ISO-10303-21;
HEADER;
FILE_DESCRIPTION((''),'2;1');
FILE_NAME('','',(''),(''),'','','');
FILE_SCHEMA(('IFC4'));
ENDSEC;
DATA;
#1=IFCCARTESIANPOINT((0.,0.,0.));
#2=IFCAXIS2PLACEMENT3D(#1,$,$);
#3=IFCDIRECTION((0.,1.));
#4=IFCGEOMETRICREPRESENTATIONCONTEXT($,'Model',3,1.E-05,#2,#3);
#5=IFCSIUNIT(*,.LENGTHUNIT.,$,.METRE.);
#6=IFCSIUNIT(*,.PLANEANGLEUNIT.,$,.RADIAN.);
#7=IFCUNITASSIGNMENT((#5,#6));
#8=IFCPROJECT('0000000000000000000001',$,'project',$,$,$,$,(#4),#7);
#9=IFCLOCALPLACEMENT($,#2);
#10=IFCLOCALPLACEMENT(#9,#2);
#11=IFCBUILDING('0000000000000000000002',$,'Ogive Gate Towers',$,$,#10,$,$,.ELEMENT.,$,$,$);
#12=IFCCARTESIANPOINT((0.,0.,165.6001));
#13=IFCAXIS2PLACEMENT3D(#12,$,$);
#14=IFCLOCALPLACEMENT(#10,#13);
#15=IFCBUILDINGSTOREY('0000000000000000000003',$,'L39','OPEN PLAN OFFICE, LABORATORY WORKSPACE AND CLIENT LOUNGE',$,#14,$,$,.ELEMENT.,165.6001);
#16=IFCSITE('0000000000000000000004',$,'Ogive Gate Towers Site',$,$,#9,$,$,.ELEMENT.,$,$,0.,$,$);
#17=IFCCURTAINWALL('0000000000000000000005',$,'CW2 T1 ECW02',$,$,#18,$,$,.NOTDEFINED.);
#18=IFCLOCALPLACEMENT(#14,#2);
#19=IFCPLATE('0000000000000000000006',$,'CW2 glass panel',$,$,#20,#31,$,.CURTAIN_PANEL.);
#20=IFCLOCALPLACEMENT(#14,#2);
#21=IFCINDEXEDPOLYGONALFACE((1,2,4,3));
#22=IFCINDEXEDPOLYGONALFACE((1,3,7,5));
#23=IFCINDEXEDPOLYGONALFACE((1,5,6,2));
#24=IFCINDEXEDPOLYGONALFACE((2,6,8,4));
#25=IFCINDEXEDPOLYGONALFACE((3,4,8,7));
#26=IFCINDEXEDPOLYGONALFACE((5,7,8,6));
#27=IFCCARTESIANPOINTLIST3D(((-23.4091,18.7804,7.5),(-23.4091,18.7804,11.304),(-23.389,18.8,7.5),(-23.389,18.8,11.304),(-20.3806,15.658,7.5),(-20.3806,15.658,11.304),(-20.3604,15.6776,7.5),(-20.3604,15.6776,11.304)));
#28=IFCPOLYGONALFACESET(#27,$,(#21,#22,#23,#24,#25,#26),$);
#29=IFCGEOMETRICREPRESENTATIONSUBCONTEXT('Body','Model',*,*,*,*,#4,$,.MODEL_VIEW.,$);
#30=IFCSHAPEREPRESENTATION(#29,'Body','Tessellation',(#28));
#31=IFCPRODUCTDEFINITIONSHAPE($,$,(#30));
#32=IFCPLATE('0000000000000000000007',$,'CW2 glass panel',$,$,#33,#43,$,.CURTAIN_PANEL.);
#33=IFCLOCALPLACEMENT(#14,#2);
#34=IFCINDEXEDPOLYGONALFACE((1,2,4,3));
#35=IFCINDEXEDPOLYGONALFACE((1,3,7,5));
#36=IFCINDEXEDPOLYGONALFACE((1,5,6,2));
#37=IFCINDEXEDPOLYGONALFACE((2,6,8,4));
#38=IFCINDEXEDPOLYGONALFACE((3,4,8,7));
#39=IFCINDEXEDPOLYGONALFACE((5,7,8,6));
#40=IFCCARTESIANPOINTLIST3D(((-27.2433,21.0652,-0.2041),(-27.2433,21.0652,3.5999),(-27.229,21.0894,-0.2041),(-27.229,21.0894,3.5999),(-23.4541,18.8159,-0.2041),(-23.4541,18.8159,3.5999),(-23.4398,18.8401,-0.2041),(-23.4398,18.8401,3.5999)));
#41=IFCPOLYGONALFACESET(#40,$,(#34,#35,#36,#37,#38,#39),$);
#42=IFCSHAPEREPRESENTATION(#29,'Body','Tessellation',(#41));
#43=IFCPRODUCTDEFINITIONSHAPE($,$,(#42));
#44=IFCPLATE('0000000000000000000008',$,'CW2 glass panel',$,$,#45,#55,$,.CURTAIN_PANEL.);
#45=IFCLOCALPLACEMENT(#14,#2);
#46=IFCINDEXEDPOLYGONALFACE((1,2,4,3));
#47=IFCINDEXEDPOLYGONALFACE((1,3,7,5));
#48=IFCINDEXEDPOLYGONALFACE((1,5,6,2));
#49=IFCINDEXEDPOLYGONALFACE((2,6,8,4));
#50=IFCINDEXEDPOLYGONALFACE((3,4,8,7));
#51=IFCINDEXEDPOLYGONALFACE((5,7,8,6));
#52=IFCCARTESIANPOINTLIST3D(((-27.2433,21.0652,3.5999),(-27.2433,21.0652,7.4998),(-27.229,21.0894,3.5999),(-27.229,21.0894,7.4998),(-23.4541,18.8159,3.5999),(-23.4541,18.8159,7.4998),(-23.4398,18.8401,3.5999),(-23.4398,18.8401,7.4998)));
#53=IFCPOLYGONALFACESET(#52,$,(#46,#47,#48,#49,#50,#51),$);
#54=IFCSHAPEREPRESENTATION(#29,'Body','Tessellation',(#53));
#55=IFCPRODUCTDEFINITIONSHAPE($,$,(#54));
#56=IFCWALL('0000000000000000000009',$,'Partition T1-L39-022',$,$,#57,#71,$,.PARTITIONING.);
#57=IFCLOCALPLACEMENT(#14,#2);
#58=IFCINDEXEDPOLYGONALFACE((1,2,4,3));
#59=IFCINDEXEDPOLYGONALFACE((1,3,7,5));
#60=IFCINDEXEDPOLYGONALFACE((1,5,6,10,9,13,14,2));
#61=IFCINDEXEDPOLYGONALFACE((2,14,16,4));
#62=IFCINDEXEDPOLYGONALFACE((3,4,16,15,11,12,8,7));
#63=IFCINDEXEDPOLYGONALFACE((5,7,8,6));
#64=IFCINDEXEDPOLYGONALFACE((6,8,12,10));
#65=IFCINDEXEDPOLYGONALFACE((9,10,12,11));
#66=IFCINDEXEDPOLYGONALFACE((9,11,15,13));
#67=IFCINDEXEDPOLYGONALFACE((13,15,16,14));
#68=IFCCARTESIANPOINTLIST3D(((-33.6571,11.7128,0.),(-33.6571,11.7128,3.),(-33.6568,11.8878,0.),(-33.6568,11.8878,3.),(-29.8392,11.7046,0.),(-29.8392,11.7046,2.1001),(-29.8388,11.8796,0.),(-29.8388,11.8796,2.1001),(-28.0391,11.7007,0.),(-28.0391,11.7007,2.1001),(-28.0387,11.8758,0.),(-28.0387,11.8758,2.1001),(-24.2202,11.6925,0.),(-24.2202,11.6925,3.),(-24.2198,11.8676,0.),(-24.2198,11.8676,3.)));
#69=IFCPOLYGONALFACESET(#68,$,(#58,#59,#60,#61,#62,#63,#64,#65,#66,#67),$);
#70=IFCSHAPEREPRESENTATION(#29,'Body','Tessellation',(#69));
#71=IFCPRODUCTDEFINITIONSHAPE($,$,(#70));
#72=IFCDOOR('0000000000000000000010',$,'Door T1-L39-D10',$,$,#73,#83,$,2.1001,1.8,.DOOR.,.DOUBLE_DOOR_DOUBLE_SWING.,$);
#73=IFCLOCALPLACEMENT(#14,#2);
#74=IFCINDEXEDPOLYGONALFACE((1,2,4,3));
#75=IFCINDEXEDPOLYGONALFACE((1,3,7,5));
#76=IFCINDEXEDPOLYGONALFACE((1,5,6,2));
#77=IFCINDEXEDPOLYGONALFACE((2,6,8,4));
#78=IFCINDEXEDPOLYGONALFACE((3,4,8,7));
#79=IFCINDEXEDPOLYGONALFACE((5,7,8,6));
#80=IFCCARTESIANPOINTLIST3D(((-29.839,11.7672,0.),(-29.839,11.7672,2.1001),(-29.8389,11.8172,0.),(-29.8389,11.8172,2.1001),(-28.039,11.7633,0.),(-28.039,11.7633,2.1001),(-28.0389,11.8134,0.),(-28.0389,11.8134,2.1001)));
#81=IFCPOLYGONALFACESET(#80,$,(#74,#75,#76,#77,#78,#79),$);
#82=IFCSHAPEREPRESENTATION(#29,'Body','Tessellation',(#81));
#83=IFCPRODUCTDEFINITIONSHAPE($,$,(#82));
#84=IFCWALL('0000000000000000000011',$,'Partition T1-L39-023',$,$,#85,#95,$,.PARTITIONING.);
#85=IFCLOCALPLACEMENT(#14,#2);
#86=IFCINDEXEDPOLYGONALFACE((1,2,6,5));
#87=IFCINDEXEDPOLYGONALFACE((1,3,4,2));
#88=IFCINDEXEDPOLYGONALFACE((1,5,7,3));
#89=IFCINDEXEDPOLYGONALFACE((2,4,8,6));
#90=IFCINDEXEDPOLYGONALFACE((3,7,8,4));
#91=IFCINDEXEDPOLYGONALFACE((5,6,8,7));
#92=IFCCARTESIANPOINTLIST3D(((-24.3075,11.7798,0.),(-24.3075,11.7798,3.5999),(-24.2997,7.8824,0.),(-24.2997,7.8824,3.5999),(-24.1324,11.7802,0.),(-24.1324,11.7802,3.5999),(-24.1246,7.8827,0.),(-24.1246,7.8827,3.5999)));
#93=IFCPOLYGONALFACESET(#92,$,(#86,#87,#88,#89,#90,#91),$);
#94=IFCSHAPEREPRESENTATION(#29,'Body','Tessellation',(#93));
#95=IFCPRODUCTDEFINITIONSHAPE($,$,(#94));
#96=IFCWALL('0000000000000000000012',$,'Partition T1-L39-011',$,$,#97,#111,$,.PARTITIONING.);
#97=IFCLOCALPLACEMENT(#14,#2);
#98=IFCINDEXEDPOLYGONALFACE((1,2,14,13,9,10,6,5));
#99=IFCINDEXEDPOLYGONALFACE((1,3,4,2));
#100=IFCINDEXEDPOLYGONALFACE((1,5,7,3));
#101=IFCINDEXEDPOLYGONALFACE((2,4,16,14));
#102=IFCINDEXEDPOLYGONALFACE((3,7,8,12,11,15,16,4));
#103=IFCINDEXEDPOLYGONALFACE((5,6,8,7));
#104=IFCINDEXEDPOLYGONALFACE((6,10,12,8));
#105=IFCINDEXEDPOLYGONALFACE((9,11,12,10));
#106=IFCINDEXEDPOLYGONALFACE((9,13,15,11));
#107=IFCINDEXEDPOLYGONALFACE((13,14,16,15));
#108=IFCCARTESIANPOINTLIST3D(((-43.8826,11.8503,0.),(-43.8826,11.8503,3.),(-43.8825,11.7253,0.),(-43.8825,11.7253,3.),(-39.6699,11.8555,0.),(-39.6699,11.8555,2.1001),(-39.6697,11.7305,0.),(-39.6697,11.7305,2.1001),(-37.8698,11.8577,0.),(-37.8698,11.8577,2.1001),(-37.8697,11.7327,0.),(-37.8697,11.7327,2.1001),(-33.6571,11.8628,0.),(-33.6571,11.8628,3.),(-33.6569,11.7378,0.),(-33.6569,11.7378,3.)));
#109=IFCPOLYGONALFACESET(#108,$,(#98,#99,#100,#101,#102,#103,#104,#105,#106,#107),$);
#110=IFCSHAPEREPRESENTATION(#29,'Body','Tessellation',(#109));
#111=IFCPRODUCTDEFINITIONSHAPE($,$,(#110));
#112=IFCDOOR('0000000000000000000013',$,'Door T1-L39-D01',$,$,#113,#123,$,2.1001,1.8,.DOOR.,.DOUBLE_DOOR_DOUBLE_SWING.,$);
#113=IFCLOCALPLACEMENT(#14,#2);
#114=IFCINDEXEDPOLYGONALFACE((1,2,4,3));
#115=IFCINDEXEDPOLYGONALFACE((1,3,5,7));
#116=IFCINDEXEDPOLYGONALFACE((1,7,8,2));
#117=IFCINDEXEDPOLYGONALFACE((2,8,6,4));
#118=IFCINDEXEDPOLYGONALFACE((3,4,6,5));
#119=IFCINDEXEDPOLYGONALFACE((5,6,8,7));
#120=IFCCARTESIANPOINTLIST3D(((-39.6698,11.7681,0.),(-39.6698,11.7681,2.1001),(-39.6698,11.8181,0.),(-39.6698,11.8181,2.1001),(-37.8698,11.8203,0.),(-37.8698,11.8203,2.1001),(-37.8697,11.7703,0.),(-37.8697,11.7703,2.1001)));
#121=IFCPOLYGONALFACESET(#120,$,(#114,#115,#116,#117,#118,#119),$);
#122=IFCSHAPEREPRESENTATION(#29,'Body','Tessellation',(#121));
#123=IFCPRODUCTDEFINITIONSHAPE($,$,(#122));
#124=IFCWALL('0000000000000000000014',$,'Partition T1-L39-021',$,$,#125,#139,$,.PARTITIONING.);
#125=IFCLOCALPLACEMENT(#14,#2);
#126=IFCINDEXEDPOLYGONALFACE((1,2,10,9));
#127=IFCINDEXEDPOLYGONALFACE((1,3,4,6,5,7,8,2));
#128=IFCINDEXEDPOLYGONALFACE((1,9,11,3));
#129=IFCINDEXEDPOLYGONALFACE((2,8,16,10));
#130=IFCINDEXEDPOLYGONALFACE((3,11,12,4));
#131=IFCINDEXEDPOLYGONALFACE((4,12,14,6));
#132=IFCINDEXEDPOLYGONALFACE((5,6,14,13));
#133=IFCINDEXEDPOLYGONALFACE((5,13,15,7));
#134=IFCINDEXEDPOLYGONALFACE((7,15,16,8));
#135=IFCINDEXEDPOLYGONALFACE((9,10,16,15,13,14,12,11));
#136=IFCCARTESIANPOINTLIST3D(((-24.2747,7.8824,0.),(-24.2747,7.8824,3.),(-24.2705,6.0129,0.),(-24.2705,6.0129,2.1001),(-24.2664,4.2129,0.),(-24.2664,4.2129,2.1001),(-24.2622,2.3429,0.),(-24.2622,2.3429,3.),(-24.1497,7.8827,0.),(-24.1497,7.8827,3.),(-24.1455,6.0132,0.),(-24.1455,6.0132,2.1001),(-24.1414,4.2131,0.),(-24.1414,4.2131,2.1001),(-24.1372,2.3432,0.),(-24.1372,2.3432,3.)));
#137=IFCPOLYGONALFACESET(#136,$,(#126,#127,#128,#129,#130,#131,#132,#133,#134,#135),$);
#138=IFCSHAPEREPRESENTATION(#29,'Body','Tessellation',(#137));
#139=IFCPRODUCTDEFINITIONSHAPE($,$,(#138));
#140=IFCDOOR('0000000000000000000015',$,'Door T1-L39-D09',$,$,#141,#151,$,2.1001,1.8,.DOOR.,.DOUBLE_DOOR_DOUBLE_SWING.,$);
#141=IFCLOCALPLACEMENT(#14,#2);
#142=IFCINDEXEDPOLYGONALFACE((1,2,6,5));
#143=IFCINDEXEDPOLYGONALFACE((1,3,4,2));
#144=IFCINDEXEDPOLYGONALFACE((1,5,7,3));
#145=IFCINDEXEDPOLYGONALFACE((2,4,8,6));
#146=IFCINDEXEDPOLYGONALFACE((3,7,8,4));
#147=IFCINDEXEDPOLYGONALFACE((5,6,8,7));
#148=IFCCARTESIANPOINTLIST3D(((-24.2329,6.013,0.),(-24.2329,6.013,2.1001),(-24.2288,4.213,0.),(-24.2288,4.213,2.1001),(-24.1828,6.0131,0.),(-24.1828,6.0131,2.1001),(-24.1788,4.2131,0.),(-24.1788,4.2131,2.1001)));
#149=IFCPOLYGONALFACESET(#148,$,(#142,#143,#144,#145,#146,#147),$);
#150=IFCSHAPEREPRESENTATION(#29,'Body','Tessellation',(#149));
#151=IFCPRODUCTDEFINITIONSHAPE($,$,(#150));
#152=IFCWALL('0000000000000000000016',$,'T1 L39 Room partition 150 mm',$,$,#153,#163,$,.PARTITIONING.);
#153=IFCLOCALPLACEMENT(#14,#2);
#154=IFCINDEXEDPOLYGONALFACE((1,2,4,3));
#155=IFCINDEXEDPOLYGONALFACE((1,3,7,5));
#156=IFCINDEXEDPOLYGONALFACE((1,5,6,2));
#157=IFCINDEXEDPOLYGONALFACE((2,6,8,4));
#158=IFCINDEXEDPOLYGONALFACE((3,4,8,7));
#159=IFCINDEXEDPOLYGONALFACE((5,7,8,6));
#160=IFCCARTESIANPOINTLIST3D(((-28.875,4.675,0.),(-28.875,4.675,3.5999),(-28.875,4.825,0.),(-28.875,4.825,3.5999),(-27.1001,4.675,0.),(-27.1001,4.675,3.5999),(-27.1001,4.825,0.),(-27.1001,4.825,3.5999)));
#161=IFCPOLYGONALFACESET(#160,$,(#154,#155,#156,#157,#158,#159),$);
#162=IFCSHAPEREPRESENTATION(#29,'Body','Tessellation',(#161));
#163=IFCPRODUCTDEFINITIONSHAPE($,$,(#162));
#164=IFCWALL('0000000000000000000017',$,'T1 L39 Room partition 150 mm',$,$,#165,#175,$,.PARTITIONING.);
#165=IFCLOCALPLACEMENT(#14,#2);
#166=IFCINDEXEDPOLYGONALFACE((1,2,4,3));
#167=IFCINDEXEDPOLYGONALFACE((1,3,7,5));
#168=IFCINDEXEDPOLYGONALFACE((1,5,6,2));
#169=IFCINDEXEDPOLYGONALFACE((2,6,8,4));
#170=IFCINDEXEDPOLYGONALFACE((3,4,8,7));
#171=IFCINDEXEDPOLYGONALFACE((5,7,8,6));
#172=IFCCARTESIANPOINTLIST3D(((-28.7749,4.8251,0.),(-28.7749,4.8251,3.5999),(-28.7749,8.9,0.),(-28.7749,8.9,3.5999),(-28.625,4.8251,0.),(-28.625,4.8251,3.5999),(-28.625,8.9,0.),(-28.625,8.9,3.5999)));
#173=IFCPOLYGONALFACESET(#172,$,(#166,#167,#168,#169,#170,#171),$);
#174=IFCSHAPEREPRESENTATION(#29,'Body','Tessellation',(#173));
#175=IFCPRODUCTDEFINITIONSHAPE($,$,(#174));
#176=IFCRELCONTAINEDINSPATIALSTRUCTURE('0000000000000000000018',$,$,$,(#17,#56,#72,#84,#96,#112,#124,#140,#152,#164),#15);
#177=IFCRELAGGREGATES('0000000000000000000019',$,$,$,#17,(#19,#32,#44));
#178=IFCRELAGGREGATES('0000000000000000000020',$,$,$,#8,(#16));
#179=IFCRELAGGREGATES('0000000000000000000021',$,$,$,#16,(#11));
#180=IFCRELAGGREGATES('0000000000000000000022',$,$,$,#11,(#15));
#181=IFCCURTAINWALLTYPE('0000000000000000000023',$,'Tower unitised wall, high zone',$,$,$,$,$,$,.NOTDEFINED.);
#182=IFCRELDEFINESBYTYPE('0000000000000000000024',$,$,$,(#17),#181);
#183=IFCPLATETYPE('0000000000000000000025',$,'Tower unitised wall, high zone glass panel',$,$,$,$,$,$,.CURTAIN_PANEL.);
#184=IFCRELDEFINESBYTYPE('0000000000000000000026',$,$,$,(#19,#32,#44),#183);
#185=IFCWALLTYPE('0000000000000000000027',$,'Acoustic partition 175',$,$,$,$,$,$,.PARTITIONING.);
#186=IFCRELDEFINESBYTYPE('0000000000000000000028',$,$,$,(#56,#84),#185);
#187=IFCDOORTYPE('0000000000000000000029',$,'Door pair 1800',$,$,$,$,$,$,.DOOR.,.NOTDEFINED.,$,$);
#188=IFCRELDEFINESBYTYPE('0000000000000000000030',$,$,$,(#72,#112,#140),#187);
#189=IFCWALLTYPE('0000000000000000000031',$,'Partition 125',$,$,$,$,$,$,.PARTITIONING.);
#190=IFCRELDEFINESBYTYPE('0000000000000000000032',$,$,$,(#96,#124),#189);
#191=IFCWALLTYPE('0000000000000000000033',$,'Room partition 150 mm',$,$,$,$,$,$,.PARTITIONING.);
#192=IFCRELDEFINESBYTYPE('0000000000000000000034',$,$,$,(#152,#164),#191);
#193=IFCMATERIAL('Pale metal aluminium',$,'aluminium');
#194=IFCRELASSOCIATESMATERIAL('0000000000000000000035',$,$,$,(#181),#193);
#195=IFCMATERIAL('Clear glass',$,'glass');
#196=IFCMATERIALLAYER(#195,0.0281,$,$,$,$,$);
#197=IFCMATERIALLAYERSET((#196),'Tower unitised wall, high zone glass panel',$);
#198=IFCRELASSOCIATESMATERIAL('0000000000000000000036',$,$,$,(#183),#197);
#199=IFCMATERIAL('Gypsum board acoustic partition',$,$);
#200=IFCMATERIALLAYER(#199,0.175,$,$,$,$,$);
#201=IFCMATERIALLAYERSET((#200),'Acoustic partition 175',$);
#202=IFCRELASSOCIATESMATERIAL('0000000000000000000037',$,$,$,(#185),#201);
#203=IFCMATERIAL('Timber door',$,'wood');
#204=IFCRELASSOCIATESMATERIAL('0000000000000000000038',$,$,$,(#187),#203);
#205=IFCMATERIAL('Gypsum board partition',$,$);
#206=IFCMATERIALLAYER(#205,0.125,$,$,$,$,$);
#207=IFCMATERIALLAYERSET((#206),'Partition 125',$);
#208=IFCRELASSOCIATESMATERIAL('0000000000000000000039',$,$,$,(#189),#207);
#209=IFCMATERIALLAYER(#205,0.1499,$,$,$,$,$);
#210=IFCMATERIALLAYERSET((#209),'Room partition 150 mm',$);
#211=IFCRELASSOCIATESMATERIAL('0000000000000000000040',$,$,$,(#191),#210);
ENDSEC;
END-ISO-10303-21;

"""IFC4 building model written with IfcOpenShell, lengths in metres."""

from ifc_helpers import new_model, si_unit, direction, frame, frame_2d, origin, origin_2d, place, context, subcontext, project, spatial, rectangle, extrude, material, layer, layer_set, type_object, element, fill, aggregate, save


model = new_model("IFC4")

# Units and contexts
model_context = context("Model", 3, precision=1e-05, world=origin(), true_north=direction((0.0, 1.0)))
body_context = subcontext(model_context, "Body", "Model", "MODEL_VIEW")
ifc_project = project(units=[si_unit("LENGTHUNIT", "METRE"), si_unit("PLANEANGLEUNIT", "RADIAN")], contexts=[model_context])

# Site, building, storey
site_placement = place(None, origin())
site = spatial("IfcSite", under=ifc_project, at=site_placement, Name="Ogive Gate Towers Site", CompositionType="ELEMENT", RefElevation=0.0)
building_placement = place(site_placement, origin())
building = spatial("IfcBuilding", under=site, at=building_placement, Name="Ogive Gate Towers", CompositionType="ELEMENT")
storey_placement = place(building_placement, frame((0.0, 0.0, 165.6001)))
storey = spatial("IfcBuildingStorey", under=building, at=storey_placement, Name="L39", Description="OPEN PLAN OFFICE, LABORATORY WORKSPACE AND CLIENT LOUNGE", CompositionType="ELEMENT", Elevation=165.6001)

# Curtain wall, plates
ifc_material_1 = material(Name="Pale metal aluminium", Category="aluminium")
curtain_wall_type = type_object("IfcCurtainWallType", Name="Tower unitised wall, high zone", PredefinedType="NOTDEFINED", material=ifc_material_1)
curtain_wall_placement = place(storey_placement, origin())
curtain_wall = element("IfcCurtainWall", 1, at=curtain_wall_placement, inside=storey, type_object=curtain_wall_type, Name="CW2 T1 ECW02", PredefinedType="NOTDEFINED")
ifc_material_2 = material(Name="Clear glass", Category="glass")
ifc_layer_1 = layer(ifc_material_2, 0.0281)
ifc_layer_set_1 = layer_set([ifc_layer_1], Name="Tower unitised wall, high zone glass panel")
plate_type = type_object("IfcPlateType", Name="Tower unitised wall, high zone glass panel", PredefinedType="CURTAIN_PANEL", material=ifc_layer_set_1)
plate_1_placement = place(storey_placement, frame((-21.8848, 17.229, 7.5), z_axis=(0.0, 0.0, 1.0), x_axis=(-0.696239, 0.71781, 0.0)))
plate_1 = element("IfcPlate", 2, at=plate_1_placement, type_object=plate_type, Name="CW2 glass panel", PredefinedType="CURTAIN_PANEL", context=body_context, shape_type="SweptSolid", body=[
    extrude(rectangle(XDim=4.3499, YDim=0.0281, at=origin_2d()), origin(), (0.0, 0.0, 1.0), 3.804),
])
plate_2_placement = place(storey_placement, frame((-25.3416, 19.9526, -0.2041), z_axis=(0.0, 0.0, 1.0), x_axis=(-0.859906, 0.510453, 0.0)))
plate_2 = element("IfcPlate", 3, at=plate_2_placement, type_object=plate_type, Name="CW2 glass panel", PredefinedType="CURTAIN_PANEL", context=body_context, shape_type="SweptSolid", body=[
    extrude(rectangle(XDim=4.4065, YDim=0.0281, at=origin_2d()), origin(), (0.0, 0.0, 1.0), 3.804),
])
plate_3_placement = place(storey_placement, frame((-25.3416, 19.9526, 3.5999), z_axis=(0.0, 0.0, 1.0), x_axis=(-0.859906, 0.510453, 0.0)))
plate_3 = element("IfcPlate", 4, at=plate_3_placement, type_object=plate_type, Name="CW2 glass panel", PredefinedType="CURTAIN_PANEL", context=body_context, shape_type="SweptSolid", body=[
    extrude(rectangle(XDim=4.4065, YDim=0.0281, at=origin_2d()), origin(), (0.0, 0.0, 1.0), 3.8999),
])
aggregate(curtain_wall, [plate_1, plate_2, plate_3])

# Wall, opening, door
ifc_material_3 = material(Name="Gypsum board acoustic partition")
ifc_layer_2 = layer(ifc_material_3, 0.175)
ifc_layer_set_2 = layer_set([ifc_layer_2], Name="Acoustic partition 175")
wall_type_1 = type_object("IfcWallType", Name="Acoustic partition 175", PredefinedType="PARTITIONING", material=ifc_layer_set_2)
wall_1_placement = place(storey_placement, frame((-24.22, 11.78, 0.0), z_axis=(0.0, 0.0, 1.0), x_axis=(-0.999998, 0.002147, 0.0)))
wall_1 = element("IfcWall", 5, at=wall_1_placement, inside=storey, type_object=wall_type_1, Name="Partition T1-L39-022", PredefinedType="PARTITIONING", context=body_context, shape_type="SweptSolid", body=[
    extrude(rectangle(XDim=9.437, YDim=0.175, at=frame_2d((4.7185, 0.0))), origin(), (0.0, 0.0, 1.0), 3.0),
])
opening_1_placement = place(wall_1_placement, frame((3.8191, 0.0, 0.0)))
opening_1 = element("IfcOpeningElement", 6, at=opening_1_placement, cuts=wall_1, PredefinedType="OPENING", context=body_context, shape_type="SweptSolid", body=[
    extrude(rectangle(XDim=1.8, YDim=2.1001, at=frame_2d((0.8999, 1.05))), frame((0.0, 0.0977, 0.0), z_axis=(0.0, -1.0, 0.0), x_axis=(1.0, 0.0, 0.0)), (0.0, 0.0, 1.0), 0.1951),
])
ifc_material_4 = material(Name="Timber door", Category="wood")
door_type_1 = type_object("IfcDoorType", Name="Door pair 1800", OperationType="NOTDEFINED", PredefinedType="DOOR", material=ifc_material_4)
door_1_placement = place(opening_1_placement, origin())
door_1 = element("IfcDoor", 7, at=door_1_placement, inside=storey, type_object=door_type_1, Name="Door T1-L39-D10", OperationType="DOUBLE_DOOR_DOUBLE_SWING", OverallHeight=2.1001, OverallWidth=1.8, PredefinedType="DOOR", context=body_context, shape_type="SweptSolid", body=[
    extrude(rectangle(XDim=1.8, YDim=2.1001, at=frame_2d((0.8999, 1.05))), frame((0.0, 0.0249, 0.0), z_axis=(0.0, -1.0, 0.0), x_axis=(1.0, 0.0, 0.0)), (0.0, 0.0, 1.0), 0.05),
])
fill(opening_1, door_1)

# Wall
wall_2_placement = place(storey_placement, frame((-24.2122, 7.8826, 0.0), z_axis=(0.0, 0.0, 1.0), x_axis=(-0.002005, 0.999998, 0.0)))
element("IfcWall", 8, at=wall_2_placement, inside=storey, type_object=wall_type_1, Name="Partition T1-L39-023", PredefinedType="PARTITIONING", context=body_context, shape_type="SweptSolid", body=[
    extrude(rectangle(XDim=3.8975, YDim=0.175, at=frame_2d((1.9487, 0.0))), origin(), (0.0, 0.0, 1.0), 3.5999),
])

# Walls, openings, doors
ifc_material_5 = material(Name="Gypsum board partition")
ifc_layer_3 = layer(ifc_material_5, 0.125)
ifc_layer_set_3 = layer_set([ifc_layer_3], Name="Partition 125")
wall_type_2 = type_object("IfcWallType", Name="Partition 125", PredefinedType="PARTITIONING", material=ifc_layer_set_3)
wall_3_placement = place(storey_placement, frame((-33.657, 11.8003, 0.0), z_axis=(0.0, 0.0, 1.0), x_axis=(-0.999999, -0.001218, 0.0)))
wall_3 = element("IfcWall", 9, at=wall_3_placement, inside=storey, type_object=wall_type_2, Name="Partition T1-L39-011", PredefinedType="PARTITIONING", context=body_context, shape_type="SweptSolid", body=[
    extrude(rectangle(XDim=10.2256, YDim=0.125, at=frame_2d((5.1128, 0.0))), origin(), (0.0, 0.0, 1.0), 3.0),
])
opening_2_placement = place(wall_3_placement, frame((4.2129, 0.0, 0.0)))
opening_2 = element("IfcOpeningElement", 10, at=opening_2_placement, cuts=wall_3, PredefinedType="OPENING", context=body_context, shape_type="SweptSolid", body=[
    extrude(rectangle(XDim=1.8, YDim=2.1001, at=frame_2d((0.8999, 1.05))), frame((0.0, 0.0725, 0.0), z_axis=(0.0, -1.0, 0.0), x_axis=(1.0, 0.0, 0.0)), (0.0, 0.0, 1.0), 0.145),
])
door_2_placement = place(opening_2_placement, origin())
door_2 = element("IfcDoor", 11, at=door_2_placement, inside=storey, type_object=door_type_1, Name="Door T1-L39-D01", OperationType="DOUBLE_DOOR_DOUBLE_SWING", OverallHeight=2.1001, OverallWidth=1.8, PredefinedType="DOOR", context=body_context, shape_type="SweptSolid", body=[
    extrude(rectangle(XDim=1.8, YDim=2.1001, at=frame_2d((0.8999, 1.05))), frame((0.0, 0.0249, 0.0), z_axis=(0.0, -1.0, 0.0), x_axis=(1.0, 0.0, 0.0)), (0.0, 0.0, 1.0), 0.05),
])
fill(opening_2, door_2)
wall_4_placement = place(storey_placement, frame((-24.1997, 2.343, 0.0), z_axis=(0.0, 0.0, 1.0), x_axis=(-0.002248, 0.999997, 0.0)))
wall_4 = element("IfcWall", 12, at=wall_4_placement, inside=storey, type_object=wall_type_2, Name="Partition T1-L39-021", PredefinedType="PARTITIONING", context=body_context, shape_type="SweptSolid", body=[
    extrude(rectangle(XDim=5.5396, YDim=0.125, at=frame_2d((2.7698, 0.0))), origin(), (0.0, 0.0, 1.0), 3.0),
])
opening_3_placement = place(wall_4_placement, frame((1.8701, 0.0, 0.0)))
opening_3 = element("IfcOpeningElement", 13, at=opening_3_placement, cuts=wall_4, PredefinedType="OPENING", context=body_context, shape_type="SweptSolid", body=[
    extrude(rectangle(XDim=1.8, YDim=2.1001, at=frame_2d((0.8999, 1.05))), frame((0.0, 0.0725, 0.0), z_axis=(0.0, -1.0, 0.0), x_axis=(1.0, 0.0, 0.0)), (0.0, 0.0, 1.0), 0.145),
])
door_3_placement = place(opening_3_placement, origin())
door_3 = element("IfcDoor", 14, at=door_3_placement, inside=storey, type_object=door_type_1, Name="Door T1-L39-D09", OperationType="DOUBLE_DOOR_DOUBLE_SWING", OverallHeight=2.1001, OverallWidth=1.8, PredefinedType="DOOR", context=body_context, shape_type="SweptSolid", body=[
    extrude(rectangle(XDim=1.8, YDim=2.1001, at=frame_2d((0.8999, 1.05))), frame((0.0, 0.0249, 0.0), z_axis=(0.0, -1.0, 0.0), x_axis=(1.0, 0.0, 0.0)), (0.0, 0.0, 1.0), 0.05),
])
fill(opening_3, door_3)

# Walls
ifc_layer_4 = layer(ifc_material_5, 0.1499)
ifc_layer_set_4 = layer_set([ifc_layer_4], Name="Room partition 150 mm")
wall_type_3 = type_object("IfcWallType", Name="Room partition 150 mm", PredefinedType="PARTITIONING", material=ifc_layer_set_4)
wall_5_placement = place(storey_placement, frame((-28.875, 4.75, 0.0), z_axis=(0.0, 0.0, 1.0), x_axis=(1.0, 0.0, 0.0)))
element("IfcWall", 15, at=wall_5_placement, inside=storey, type_object=wall_type_3, Name="T1 L39 Room partition 150 mm", PredefinedType="PARTITIONING", context=body_context, shape_type="SweptSolid", body=[
    extrude(rectangle(XDim=1.7749, YDim=0.1499, at=frame_2d((0.8875, 0.0))), origin(), (0.0, 0.0, 1.0), 3.5999),
])
wall_6_placement = place(storey_placement, frame((-28.7, 4.825, 0.0), z_axis=(0.0, 0.0, 1.0), x_axis=(0.0, 1.0, 0.0)))
element("IfcWall", 16, at=wall_6_placement, inside=storey, type_object=wall_type_3, Name="T1 L39 Room partition 150 mm", PredefinedType="PARTITIONING", context=body_context, shape_type="SweptSolid", body=[
    extrude(rectangle(XDim=4.075, YDim=0.1499, at=frame_2d((2.0376, 0.0))), origin(), (0.0, 0.0, 1.0), 3.5999),
])

save(model, "model.ifc")
